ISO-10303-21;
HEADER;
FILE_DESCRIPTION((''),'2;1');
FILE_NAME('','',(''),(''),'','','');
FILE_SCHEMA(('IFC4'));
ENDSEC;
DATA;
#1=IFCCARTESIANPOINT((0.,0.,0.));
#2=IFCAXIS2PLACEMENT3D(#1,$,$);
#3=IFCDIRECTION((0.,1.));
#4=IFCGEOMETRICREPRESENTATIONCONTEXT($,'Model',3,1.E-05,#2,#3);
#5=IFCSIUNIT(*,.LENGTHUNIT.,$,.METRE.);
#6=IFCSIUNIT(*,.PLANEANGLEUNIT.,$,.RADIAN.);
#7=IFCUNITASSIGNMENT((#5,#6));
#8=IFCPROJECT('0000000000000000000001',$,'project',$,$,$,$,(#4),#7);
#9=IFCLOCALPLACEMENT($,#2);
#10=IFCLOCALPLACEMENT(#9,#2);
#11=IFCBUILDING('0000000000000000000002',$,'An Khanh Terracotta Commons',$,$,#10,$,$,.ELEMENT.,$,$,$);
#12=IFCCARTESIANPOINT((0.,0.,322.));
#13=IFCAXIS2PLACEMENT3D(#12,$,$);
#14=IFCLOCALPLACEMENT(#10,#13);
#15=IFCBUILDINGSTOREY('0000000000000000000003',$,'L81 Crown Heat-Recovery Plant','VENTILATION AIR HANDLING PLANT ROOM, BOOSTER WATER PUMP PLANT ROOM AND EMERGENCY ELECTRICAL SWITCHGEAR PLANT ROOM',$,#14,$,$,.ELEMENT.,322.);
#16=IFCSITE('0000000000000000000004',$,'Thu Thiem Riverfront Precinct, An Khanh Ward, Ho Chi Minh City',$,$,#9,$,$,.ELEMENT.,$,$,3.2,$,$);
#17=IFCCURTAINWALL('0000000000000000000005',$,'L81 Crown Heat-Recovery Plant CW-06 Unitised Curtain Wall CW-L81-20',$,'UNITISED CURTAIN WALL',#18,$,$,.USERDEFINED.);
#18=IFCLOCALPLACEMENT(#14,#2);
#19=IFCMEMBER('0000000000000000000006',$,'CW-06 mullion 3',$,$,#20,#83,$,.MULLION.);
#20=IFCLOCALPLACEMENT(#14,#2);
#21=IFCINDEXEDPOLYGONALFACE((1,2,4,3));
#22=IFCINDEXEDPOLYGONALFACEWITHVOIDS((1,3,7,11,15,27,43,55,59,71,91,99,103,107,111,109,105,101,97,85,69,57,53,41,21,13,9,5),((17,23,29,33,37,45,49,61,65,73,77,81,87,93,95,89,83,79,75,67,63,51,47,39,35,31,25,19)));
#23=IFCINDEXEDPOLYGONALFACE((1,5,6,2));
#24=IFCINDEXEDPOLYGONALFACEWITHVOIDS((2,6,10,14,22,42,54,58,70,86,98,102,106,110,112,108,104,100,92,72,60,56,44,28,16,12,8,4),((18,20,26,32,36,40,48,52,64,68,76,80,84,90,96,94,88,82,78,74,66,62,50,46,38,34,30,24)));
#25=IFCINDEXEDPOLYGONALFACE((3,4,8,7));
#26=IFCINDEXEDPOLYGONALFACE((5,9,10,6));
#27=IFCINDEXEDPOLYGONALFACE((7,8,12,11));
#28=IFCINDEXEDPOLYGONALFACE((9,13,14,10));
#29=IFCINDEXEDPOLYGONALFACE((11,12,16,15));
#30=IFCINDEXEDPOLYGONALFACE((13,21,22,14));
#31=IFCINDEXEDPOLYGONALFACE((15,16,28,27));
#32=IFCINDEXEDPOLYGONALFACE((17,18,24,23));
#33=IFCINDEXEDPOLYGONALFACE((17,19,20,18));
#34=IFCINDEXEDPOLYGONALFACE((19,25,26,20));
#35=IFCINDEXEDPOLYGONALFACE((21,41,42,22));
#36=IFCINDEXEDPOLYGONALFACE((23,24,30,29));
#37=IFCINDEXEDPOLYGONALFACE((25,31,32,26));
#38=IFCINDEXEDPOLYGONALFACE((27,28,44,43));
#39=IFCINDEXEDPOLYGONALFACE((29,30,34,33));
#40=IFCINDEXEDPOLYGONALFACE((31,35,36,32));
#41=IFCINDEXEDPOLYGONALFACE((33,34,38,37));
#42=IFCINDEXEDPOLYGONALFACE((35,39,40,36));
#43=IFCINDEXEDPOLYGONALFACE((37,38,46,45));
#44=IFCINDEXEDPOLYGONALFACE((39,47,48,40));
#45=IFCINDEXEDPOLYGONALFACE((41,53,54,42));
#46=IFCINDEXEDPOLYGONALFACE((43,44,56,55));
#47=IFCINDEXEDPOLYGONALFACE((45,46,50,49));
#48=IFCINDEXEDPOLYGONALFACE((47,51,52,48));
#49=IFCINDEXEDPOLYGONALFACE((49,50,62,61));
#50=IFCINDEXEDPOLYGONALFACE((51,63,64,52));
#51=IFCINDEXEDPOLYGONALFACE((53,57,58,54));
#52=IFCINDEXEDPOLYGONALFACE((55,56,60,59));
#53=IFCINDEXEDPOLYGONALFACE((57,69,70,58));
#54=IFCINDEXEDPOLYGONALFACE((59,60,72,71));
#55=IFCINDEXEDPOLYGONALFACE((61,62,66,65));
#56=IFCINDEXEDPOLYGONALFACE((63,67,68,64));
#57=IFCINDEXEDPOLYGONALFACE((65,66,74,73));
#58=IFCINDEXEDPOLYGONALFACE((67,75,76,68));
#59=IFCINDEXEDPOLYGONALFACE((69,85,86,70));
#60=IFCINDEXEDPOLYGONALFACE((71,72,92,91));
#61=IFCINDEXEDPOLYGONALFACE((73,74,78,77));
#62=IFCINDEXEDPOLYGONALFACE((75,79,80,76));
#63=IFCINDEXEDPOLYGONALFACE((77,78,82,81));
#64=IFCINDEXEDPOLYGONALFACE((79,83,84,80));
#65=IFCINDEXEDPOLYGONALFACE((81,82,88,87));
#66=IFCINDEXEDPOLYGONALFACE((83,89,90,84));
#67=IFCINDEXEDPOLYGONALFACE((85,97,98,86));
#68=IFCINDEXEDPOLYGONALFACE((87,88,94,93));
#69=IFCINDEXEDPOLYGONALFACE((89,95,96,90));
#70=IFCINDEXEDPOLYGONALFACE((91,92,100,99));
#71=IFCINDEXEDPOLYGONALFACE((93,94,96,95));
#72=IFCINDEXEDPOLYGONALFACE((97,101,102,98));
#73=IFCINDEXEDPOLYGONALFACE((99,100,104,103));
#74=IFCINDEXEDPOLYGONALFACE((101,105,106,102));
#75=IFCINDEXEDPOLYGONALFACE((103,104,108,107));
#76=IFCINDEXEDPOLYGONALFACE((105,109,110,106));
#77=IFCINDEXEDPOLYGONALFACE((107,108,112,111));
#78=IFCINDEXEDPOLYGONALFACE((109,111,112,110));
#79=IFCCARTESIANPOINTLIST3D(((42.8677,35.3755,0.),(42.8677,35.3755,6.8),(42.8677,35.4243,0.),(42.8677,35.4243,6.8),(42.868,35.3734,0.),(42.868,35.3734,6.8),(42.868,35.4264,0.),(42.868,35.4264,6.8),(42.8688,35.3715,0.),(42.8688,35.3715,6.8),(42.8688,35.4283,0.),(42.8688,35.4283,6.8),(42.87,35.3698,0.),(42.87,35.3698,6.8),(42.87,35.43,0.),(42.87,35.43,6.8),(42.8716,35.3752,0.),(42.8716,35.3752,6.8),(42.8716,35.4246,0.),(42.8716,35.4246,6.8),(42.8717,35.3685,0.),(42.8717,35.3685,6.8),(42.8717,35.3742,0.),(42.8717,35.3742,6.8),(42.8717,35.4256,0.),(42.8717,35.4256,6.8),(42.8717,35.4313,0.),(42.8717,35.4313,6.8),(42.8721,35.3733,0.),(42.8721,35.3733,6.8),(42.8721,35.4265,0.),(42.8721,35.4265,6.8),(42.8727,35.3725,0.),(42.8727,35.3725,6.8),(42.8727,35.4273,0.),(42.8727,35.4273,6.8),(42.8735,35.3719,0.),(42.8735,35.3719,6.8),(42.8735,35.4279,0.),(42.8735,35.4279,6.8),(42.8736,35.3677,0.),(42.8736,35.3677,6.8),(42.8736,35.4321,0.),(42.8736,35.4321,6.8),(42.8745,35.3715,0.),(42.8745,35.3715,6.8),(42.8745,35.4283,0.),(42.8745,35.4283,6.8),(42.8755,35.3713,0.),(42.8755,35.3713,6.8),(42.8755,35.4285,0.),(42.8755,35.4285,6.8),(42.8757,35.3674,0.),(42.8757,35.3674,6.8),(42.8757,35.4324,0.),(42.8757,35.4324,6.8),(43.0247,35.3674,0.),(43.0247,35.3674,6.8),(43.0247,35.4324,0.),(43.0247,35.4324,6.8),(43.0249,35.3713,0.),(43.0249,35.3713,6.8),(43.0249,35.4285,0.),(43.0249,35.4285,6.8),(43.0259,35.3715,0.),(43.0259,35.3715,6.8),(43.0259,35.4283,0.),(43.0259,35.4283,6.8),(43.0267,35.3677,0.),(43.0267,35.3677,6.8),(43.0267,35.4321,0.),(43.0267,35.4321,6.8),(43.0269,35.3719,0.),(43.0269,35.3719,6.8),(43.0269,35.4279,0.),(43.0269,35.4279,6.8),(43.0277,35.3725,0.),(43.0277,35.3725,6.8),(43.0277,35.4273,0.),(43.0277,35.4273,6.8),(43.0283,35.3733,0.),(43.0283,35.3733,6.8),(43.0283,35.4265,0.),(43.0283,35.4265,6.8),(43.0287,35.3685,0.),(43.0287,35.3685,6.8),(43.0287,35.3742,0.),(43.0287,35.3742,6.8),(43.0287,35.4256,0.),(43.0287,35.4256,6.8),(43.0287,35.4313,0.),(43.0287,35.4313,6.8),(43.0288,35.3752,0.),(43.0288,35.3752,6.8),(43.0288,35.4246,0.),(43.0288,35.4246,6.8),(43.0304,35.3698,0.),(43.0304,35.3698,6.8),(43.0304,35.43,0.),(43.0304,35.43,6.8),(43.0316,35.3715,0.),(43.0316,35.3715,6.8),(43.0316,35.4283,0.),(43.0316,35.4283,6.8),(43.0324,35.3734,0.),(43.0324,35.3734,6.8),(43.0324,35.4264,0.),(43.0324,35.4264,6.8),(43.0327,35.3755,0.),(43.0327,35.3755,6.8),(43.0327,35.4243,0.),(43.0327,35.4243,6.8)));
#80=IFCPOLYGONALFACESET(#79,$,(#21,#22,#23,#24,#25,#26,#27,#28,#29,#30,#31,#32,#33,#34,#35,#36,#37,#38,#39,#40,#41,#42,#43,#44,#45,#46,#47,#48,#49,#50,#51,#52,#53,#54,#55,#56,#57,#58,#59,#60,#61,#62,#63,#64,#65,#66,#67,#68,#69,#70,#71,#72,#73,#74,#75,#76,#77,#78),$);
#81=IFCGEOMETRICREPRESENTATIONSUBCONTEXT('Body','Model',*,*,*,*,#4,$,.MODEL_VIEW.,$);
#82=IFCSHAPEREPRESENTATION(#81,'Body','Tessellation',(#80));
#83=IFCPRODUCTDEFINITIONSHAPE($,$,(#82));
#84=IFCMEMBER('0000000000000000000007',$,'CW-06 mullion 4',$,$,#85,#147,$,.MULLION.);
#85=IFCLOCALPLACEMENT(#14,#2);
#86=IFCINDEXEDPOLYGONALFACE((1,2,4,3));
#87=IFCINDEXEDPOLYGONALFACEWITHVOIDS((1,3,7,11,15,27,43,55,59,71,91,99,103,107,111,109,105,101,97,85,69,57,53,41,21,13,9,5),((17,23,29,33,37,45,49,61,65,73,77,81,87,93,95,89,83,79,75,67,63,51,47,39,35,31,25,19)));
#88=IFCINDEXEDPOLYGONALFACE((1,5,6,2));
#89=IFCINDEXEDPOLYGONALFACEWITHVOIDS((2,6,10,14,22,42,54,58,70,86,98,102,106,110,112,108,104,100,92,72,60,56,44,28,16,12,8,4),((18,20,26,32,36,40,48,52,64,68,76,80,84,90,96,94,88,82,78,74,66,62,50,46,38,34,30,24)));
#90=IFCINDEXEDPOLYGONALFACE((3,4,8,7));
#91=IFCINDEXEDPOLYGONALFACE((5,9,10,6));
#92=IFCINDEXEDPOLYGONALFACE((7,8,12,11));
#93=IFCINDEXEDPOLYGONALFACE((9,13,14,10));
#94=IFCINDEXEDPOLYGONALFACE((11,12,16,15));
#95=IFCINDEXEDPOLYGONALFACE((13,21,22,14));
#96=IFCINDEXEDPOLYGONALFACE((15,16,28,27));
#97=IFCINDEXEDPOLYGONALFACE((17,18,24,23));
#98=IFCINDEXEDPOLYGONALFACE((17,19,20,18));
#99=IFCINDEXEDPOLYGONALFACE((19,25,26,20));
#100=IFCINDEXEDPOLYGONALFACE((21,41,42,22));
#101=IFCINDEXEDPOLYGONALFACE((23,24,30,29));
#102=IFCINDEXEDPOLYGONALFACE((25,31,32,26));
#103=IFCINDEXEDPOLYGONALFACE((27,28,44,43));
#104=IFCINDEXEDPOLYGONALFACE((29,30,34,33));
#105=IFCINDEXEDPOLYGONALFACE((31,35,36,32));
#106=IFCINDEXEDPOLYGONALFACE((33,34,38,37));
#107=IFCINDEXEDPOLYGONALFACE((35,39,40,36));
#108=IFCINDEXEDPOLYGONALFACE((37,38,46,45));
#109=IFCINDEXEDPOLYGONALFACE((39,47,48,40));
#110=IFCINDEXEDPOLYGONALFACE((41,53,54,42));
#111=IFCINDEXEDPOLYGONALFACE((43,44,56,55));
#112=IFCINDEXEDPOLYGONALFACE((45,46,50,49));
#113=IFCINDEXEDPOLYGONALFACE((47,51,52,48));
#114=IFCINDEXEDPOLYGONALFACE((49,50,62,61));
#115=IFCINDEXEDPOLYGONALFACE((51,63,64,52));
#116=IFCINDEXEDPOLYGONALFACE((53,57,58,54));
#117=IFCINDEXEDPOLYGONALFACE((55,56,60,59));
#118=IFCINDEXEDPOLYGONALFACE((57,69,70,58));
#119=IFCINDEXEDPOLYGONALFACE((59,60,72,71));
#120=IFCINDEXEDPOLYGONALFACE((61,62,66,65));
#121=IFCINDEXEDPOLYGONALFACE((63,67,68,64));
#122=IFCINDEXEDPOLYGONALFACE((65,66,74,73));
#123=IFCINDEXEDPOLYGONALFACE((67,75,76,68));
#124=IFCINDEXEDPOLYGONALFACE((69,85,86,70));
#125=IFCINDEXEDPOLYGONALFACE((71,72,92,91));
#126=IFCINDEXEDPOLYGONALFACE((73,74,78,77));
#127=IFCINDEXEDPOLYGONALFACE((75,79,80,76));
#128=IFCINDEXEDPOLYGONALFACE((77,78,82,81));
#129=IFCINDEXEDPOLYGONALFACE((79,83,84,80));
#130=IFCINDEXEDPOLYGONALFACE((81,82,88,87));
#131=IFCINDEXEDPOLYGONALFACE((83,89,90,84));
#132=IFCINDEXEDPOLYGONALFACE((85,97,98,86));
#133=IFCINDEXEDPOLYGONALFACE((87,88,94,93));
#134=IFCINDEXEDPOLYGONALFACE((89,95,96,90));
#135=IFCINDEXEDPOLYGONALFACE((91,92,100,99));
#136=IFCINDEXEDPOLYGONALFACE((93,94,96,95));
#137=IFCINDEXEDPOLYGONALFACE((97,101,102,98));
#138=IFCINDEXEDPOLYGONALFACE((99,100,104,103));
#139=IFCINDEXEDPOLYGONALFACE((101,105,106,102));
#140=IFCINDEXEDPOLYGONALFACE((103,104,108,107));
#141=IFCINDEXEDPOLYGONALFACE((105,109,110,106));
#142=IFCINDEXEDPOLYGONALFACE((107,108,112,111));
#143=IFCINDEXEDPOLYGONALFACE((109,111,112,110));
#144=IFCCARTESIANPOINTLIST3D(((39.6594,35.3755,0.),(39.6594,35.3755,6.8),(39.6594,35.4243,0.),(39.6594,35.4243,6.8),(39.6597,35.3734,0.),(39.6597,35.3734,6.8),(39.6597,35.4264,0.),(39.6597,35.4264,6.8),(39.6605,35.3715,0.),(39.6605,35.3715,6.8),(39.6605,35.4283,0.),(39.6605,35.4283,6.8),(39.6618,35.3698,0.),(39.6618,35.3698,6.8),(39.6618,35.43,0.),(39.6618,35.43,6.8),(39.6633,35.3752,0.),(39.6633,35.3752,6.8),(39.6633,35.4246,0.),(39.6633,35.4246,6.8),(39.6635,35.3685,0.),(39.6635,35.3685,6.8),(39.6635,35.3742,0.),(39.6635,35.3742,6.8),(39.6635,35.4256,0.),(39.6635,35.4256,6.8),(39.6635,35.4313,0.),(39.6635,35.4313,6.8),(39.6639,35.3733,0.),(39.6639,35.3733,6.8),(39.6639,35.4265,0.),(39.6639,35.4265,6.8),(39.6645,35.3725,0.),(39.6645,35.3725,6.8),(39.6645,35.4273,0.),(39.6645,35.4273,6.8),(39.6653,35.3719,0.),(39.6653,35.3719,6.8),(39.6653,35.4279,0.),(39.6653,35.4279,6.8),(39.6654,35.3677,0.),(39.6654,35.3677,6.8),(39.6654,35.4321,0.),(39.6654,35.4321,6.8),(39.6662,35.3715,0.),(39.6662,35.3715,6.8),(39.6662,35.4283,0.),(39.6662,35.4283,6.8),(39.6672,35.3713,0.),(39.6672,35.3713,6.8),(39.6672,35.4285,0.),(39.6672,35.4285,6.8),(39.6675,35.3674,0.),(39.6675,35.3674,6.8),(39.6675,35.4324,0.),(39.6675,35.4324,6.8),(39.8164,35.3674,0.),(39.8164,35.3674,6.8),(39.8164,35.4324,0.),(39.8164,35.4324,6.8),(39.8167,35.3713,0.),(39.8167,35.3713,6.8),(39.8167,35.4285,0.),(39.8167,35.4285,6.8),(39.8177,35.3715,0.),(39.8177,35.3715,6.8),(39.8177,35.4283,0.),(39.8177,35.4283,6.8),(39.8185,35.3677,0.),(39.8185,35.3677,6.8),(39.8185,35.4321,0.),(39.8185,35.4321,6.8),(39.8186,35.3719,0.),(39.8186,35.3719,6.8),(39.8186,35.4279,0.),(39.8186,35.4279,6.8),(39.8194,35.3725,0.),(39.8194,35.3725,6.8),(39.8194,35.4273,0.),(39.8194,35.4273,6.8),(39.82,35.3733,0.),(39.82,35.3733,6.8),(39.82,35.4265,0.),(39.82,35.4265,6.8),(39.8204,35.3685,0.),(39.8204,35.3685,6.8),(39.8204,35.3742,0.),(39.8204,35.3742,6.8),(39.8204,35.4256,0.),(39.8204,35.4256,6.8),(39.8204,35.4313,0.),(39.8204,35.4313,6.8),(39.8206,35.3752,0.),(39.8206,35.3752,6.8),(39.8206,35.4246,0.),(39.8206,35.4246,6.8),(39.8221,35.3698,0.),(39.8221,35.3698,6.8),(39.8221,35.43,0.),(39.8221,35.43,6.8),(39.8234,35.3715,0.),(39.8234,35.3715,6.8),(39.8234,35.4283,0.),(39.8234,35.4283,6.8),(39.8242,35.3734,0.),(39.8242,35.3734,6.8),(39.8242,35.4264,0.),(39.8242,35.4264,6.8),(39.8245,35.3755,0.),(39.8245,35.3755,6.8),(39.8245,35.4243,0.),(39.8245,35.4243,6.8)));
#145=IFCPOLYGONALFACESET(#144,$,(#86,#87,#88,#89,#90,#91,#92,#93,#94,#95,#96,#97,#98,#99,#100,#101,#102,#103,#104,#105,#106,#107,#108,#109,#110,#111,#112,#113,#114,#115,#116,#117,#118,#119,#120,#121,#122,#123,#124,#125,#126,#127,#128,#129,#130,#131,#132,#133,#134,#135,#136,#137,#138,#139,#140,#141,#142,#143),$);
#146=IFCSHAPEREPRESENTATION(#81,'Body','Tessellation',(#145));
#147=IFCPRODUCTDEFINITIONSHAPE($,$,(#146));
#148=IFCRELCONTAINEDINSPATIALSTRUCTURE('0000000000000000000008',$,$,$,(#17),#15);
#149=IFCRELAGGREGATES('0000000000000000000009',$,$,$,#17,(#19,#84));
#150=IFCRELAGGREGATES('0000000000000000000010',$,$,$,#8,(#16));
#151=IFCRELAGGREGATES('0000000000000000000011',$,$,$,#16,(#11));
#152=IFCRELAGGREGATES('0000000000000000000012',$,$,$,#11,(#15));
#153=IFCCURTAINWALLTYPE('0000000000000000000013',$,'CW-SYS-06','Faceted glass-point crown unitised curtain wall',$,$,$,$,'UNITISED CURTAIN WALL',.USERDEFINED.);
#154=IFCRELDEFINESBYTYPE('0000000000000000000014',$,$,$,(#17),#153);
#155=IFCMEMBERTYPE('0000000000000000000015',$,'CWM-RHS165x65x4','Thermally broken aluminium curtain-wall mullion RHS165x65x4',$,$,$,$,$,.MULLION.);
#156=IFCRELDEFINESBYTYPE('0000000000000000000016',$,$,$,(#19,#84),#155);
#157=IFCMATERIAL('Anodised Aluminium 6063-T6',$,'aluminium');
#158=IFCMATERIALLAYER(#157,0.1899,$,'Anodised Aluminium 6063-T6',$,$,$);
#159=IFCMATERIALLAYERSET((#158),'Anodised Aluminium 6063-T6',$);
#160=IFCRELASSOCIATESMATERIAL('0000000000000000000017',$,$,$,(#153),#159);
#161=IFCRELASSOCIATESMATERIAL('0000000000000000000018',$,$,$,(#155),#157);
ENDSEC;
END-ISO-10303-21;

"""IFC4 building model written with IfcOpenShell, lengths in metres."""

from ifc_helpers import new_model, si_unit, direction, frame, origin, origin_2d, place, context, subcontext, project, spatial, hollow_rectangle, extrude, material, layer, layer_set, material_profile, profile_set, type_object, element, aggregate, save


model = new_model("IFC4")

# Units and contexts
model_context = context("Model", 3, precision=1e-05, world=origin(), true_north=direction((0.0, 1.0)))
body_context = subcontext(model_context, "Body", "Model", "MODEL_VIEW")
ifc_project = project(units=[si_unit("LENGTHUNIT", "METRE"), si_unit("PLANEANGLEUNIT", "RADIAN")], contexts=[model_context])

# Site, building, storey
site_placement = place(None, origin())
site = spatial("IfcSite", under=ifc_project, at=site_placement, Name="Thu Thiem Riverfront Precinct, An Khanh Ward, Ho Chi Minh City", CompositionType="ELEMENT", RefElevation=3.2)
building_placement = place(site_placement, origin())
building = spatial("IfcBuilding", under=site, at=building_placement, Name="An Khanh Terracotta Commons", CompositionType="ELEMENT")
storey_placement = place(building_placement, frame((0.0, 0.0, 322.0)))
storey = spatial("IfcBuildingStorey", under=building, at=storey_placement, Name="L81 Crown Heat-Recovery Plant", Description="VENTILATION AIR HANDLING PLANT ROOM, BOOSTER WATER PUMP PLANT ROOM AND EMERGENCY ELECTRICAL SWITCHGEAR PLANT ROOM", CompositionType="ELEMENT", Elevation=322.0)

# Curtain wall, members
ifc_material_1 = material(Name="Anodised Aluminium 6063-T6", Category="aluminium")
ifc_layer_1 = layer(ifc_material_1, 0.1899, Name="Anodised Aluminium 6063-T6")
ifc_layer_set_1 = layer_set([ifc_layer_1], Name="Anodised Aluminium 6063-T6")
curtain_wall_type = type_object("IfcCurtainWallType", Name="CW-SYS-06", Description="Faceted glass-point crown unitised curtain wall", ElementType="UNITISED CURTAIN WALL", PredefinedType="USERDEFINED", material=ifc_layer_set_1)
curtain_wall_placement = place(storey_placement, origin())
curtain_wall = element("IfcCurtainWall", 1, at=curtain_wall_placement, inside=storey, type_object=curtain_wall_type, Name="L81 Crown Heat-Recovery Plant CW-06 Unitised Curtain Wall CW-L81-20", ObjectType="UNITISED CURTAIN WALL", PredefinedType="USERDEFINED")
ifc_material_profile_1 = material_profile(ifc_material_1, hollow_rectangle(XDim=0.0649, YDim=0.165, WallThickness=0.0039, InnerFilletRadius=0.0039, OuterFilletRadius=0.0081, at=origin_2d()), Name="RHS165x65x4")
ifc_profile_set_1 = profile_set([ifc_material_profile_1], Name="Anodised Aluminium 6063-T6")
member_type_1 = type_object("IfcMemberType", Name="CWM-RHS165x65x4", Description="Thermally broken aluminium curtain-wall mullion RHS165x65x4", PredefinedType="MULLION", material=ifc_profile_set_1)
member_1_placement = place(storey_placement, frame((42.9502, 35.3999, 0.0), z_axis=(0.0, 0.0, 1.0), x_axis=(0.0, -1.0, 0.0)))
member_1 = element("IfcMember", 2, at=member_1_placement, type_object=member_type_1, Name="CW-06 mullion 3", PredefinedType="MULLION", context=body_context, shape_type="SweptSolid", body=[
    extrude(hollow_rectangle(XDim=0.0649, YDim=0.165, WallThickness=0.0039, InnerFilletRadius=0.0039, OuterFilletRadius=0.0081, at=origin_2d()), origin(), (0.0, 0.0, 1.0), 6.8),
])
member_2_placement = place(storey_placement, frame((39.7419, 35.3999, 0.0), z_axis=(0.0, 0.0, 1.0), x_axis=(0.0, -1.0, 0.0)))
member_2 = element("IfcMember", 3, at=member_2_placement, type_object=member_type_1, Name="CW-06 mullion 4", PredefinedType="MULLION", context=body_context, shape_type="SweptSolid", body=[
    extrude(hollow_rectangle(XDim=0.0649, YDim=0.165, WallThickness=0.0039, InnerFilletRadius=0.0039, OuterFilletRadius=0.0081, at=origin_2d()), origin(), (0.0, 0.0, 1.0), 6.8),
])

aggregate(curtain_wall, [member_1, member_2])

save(model, "model.ifc")
